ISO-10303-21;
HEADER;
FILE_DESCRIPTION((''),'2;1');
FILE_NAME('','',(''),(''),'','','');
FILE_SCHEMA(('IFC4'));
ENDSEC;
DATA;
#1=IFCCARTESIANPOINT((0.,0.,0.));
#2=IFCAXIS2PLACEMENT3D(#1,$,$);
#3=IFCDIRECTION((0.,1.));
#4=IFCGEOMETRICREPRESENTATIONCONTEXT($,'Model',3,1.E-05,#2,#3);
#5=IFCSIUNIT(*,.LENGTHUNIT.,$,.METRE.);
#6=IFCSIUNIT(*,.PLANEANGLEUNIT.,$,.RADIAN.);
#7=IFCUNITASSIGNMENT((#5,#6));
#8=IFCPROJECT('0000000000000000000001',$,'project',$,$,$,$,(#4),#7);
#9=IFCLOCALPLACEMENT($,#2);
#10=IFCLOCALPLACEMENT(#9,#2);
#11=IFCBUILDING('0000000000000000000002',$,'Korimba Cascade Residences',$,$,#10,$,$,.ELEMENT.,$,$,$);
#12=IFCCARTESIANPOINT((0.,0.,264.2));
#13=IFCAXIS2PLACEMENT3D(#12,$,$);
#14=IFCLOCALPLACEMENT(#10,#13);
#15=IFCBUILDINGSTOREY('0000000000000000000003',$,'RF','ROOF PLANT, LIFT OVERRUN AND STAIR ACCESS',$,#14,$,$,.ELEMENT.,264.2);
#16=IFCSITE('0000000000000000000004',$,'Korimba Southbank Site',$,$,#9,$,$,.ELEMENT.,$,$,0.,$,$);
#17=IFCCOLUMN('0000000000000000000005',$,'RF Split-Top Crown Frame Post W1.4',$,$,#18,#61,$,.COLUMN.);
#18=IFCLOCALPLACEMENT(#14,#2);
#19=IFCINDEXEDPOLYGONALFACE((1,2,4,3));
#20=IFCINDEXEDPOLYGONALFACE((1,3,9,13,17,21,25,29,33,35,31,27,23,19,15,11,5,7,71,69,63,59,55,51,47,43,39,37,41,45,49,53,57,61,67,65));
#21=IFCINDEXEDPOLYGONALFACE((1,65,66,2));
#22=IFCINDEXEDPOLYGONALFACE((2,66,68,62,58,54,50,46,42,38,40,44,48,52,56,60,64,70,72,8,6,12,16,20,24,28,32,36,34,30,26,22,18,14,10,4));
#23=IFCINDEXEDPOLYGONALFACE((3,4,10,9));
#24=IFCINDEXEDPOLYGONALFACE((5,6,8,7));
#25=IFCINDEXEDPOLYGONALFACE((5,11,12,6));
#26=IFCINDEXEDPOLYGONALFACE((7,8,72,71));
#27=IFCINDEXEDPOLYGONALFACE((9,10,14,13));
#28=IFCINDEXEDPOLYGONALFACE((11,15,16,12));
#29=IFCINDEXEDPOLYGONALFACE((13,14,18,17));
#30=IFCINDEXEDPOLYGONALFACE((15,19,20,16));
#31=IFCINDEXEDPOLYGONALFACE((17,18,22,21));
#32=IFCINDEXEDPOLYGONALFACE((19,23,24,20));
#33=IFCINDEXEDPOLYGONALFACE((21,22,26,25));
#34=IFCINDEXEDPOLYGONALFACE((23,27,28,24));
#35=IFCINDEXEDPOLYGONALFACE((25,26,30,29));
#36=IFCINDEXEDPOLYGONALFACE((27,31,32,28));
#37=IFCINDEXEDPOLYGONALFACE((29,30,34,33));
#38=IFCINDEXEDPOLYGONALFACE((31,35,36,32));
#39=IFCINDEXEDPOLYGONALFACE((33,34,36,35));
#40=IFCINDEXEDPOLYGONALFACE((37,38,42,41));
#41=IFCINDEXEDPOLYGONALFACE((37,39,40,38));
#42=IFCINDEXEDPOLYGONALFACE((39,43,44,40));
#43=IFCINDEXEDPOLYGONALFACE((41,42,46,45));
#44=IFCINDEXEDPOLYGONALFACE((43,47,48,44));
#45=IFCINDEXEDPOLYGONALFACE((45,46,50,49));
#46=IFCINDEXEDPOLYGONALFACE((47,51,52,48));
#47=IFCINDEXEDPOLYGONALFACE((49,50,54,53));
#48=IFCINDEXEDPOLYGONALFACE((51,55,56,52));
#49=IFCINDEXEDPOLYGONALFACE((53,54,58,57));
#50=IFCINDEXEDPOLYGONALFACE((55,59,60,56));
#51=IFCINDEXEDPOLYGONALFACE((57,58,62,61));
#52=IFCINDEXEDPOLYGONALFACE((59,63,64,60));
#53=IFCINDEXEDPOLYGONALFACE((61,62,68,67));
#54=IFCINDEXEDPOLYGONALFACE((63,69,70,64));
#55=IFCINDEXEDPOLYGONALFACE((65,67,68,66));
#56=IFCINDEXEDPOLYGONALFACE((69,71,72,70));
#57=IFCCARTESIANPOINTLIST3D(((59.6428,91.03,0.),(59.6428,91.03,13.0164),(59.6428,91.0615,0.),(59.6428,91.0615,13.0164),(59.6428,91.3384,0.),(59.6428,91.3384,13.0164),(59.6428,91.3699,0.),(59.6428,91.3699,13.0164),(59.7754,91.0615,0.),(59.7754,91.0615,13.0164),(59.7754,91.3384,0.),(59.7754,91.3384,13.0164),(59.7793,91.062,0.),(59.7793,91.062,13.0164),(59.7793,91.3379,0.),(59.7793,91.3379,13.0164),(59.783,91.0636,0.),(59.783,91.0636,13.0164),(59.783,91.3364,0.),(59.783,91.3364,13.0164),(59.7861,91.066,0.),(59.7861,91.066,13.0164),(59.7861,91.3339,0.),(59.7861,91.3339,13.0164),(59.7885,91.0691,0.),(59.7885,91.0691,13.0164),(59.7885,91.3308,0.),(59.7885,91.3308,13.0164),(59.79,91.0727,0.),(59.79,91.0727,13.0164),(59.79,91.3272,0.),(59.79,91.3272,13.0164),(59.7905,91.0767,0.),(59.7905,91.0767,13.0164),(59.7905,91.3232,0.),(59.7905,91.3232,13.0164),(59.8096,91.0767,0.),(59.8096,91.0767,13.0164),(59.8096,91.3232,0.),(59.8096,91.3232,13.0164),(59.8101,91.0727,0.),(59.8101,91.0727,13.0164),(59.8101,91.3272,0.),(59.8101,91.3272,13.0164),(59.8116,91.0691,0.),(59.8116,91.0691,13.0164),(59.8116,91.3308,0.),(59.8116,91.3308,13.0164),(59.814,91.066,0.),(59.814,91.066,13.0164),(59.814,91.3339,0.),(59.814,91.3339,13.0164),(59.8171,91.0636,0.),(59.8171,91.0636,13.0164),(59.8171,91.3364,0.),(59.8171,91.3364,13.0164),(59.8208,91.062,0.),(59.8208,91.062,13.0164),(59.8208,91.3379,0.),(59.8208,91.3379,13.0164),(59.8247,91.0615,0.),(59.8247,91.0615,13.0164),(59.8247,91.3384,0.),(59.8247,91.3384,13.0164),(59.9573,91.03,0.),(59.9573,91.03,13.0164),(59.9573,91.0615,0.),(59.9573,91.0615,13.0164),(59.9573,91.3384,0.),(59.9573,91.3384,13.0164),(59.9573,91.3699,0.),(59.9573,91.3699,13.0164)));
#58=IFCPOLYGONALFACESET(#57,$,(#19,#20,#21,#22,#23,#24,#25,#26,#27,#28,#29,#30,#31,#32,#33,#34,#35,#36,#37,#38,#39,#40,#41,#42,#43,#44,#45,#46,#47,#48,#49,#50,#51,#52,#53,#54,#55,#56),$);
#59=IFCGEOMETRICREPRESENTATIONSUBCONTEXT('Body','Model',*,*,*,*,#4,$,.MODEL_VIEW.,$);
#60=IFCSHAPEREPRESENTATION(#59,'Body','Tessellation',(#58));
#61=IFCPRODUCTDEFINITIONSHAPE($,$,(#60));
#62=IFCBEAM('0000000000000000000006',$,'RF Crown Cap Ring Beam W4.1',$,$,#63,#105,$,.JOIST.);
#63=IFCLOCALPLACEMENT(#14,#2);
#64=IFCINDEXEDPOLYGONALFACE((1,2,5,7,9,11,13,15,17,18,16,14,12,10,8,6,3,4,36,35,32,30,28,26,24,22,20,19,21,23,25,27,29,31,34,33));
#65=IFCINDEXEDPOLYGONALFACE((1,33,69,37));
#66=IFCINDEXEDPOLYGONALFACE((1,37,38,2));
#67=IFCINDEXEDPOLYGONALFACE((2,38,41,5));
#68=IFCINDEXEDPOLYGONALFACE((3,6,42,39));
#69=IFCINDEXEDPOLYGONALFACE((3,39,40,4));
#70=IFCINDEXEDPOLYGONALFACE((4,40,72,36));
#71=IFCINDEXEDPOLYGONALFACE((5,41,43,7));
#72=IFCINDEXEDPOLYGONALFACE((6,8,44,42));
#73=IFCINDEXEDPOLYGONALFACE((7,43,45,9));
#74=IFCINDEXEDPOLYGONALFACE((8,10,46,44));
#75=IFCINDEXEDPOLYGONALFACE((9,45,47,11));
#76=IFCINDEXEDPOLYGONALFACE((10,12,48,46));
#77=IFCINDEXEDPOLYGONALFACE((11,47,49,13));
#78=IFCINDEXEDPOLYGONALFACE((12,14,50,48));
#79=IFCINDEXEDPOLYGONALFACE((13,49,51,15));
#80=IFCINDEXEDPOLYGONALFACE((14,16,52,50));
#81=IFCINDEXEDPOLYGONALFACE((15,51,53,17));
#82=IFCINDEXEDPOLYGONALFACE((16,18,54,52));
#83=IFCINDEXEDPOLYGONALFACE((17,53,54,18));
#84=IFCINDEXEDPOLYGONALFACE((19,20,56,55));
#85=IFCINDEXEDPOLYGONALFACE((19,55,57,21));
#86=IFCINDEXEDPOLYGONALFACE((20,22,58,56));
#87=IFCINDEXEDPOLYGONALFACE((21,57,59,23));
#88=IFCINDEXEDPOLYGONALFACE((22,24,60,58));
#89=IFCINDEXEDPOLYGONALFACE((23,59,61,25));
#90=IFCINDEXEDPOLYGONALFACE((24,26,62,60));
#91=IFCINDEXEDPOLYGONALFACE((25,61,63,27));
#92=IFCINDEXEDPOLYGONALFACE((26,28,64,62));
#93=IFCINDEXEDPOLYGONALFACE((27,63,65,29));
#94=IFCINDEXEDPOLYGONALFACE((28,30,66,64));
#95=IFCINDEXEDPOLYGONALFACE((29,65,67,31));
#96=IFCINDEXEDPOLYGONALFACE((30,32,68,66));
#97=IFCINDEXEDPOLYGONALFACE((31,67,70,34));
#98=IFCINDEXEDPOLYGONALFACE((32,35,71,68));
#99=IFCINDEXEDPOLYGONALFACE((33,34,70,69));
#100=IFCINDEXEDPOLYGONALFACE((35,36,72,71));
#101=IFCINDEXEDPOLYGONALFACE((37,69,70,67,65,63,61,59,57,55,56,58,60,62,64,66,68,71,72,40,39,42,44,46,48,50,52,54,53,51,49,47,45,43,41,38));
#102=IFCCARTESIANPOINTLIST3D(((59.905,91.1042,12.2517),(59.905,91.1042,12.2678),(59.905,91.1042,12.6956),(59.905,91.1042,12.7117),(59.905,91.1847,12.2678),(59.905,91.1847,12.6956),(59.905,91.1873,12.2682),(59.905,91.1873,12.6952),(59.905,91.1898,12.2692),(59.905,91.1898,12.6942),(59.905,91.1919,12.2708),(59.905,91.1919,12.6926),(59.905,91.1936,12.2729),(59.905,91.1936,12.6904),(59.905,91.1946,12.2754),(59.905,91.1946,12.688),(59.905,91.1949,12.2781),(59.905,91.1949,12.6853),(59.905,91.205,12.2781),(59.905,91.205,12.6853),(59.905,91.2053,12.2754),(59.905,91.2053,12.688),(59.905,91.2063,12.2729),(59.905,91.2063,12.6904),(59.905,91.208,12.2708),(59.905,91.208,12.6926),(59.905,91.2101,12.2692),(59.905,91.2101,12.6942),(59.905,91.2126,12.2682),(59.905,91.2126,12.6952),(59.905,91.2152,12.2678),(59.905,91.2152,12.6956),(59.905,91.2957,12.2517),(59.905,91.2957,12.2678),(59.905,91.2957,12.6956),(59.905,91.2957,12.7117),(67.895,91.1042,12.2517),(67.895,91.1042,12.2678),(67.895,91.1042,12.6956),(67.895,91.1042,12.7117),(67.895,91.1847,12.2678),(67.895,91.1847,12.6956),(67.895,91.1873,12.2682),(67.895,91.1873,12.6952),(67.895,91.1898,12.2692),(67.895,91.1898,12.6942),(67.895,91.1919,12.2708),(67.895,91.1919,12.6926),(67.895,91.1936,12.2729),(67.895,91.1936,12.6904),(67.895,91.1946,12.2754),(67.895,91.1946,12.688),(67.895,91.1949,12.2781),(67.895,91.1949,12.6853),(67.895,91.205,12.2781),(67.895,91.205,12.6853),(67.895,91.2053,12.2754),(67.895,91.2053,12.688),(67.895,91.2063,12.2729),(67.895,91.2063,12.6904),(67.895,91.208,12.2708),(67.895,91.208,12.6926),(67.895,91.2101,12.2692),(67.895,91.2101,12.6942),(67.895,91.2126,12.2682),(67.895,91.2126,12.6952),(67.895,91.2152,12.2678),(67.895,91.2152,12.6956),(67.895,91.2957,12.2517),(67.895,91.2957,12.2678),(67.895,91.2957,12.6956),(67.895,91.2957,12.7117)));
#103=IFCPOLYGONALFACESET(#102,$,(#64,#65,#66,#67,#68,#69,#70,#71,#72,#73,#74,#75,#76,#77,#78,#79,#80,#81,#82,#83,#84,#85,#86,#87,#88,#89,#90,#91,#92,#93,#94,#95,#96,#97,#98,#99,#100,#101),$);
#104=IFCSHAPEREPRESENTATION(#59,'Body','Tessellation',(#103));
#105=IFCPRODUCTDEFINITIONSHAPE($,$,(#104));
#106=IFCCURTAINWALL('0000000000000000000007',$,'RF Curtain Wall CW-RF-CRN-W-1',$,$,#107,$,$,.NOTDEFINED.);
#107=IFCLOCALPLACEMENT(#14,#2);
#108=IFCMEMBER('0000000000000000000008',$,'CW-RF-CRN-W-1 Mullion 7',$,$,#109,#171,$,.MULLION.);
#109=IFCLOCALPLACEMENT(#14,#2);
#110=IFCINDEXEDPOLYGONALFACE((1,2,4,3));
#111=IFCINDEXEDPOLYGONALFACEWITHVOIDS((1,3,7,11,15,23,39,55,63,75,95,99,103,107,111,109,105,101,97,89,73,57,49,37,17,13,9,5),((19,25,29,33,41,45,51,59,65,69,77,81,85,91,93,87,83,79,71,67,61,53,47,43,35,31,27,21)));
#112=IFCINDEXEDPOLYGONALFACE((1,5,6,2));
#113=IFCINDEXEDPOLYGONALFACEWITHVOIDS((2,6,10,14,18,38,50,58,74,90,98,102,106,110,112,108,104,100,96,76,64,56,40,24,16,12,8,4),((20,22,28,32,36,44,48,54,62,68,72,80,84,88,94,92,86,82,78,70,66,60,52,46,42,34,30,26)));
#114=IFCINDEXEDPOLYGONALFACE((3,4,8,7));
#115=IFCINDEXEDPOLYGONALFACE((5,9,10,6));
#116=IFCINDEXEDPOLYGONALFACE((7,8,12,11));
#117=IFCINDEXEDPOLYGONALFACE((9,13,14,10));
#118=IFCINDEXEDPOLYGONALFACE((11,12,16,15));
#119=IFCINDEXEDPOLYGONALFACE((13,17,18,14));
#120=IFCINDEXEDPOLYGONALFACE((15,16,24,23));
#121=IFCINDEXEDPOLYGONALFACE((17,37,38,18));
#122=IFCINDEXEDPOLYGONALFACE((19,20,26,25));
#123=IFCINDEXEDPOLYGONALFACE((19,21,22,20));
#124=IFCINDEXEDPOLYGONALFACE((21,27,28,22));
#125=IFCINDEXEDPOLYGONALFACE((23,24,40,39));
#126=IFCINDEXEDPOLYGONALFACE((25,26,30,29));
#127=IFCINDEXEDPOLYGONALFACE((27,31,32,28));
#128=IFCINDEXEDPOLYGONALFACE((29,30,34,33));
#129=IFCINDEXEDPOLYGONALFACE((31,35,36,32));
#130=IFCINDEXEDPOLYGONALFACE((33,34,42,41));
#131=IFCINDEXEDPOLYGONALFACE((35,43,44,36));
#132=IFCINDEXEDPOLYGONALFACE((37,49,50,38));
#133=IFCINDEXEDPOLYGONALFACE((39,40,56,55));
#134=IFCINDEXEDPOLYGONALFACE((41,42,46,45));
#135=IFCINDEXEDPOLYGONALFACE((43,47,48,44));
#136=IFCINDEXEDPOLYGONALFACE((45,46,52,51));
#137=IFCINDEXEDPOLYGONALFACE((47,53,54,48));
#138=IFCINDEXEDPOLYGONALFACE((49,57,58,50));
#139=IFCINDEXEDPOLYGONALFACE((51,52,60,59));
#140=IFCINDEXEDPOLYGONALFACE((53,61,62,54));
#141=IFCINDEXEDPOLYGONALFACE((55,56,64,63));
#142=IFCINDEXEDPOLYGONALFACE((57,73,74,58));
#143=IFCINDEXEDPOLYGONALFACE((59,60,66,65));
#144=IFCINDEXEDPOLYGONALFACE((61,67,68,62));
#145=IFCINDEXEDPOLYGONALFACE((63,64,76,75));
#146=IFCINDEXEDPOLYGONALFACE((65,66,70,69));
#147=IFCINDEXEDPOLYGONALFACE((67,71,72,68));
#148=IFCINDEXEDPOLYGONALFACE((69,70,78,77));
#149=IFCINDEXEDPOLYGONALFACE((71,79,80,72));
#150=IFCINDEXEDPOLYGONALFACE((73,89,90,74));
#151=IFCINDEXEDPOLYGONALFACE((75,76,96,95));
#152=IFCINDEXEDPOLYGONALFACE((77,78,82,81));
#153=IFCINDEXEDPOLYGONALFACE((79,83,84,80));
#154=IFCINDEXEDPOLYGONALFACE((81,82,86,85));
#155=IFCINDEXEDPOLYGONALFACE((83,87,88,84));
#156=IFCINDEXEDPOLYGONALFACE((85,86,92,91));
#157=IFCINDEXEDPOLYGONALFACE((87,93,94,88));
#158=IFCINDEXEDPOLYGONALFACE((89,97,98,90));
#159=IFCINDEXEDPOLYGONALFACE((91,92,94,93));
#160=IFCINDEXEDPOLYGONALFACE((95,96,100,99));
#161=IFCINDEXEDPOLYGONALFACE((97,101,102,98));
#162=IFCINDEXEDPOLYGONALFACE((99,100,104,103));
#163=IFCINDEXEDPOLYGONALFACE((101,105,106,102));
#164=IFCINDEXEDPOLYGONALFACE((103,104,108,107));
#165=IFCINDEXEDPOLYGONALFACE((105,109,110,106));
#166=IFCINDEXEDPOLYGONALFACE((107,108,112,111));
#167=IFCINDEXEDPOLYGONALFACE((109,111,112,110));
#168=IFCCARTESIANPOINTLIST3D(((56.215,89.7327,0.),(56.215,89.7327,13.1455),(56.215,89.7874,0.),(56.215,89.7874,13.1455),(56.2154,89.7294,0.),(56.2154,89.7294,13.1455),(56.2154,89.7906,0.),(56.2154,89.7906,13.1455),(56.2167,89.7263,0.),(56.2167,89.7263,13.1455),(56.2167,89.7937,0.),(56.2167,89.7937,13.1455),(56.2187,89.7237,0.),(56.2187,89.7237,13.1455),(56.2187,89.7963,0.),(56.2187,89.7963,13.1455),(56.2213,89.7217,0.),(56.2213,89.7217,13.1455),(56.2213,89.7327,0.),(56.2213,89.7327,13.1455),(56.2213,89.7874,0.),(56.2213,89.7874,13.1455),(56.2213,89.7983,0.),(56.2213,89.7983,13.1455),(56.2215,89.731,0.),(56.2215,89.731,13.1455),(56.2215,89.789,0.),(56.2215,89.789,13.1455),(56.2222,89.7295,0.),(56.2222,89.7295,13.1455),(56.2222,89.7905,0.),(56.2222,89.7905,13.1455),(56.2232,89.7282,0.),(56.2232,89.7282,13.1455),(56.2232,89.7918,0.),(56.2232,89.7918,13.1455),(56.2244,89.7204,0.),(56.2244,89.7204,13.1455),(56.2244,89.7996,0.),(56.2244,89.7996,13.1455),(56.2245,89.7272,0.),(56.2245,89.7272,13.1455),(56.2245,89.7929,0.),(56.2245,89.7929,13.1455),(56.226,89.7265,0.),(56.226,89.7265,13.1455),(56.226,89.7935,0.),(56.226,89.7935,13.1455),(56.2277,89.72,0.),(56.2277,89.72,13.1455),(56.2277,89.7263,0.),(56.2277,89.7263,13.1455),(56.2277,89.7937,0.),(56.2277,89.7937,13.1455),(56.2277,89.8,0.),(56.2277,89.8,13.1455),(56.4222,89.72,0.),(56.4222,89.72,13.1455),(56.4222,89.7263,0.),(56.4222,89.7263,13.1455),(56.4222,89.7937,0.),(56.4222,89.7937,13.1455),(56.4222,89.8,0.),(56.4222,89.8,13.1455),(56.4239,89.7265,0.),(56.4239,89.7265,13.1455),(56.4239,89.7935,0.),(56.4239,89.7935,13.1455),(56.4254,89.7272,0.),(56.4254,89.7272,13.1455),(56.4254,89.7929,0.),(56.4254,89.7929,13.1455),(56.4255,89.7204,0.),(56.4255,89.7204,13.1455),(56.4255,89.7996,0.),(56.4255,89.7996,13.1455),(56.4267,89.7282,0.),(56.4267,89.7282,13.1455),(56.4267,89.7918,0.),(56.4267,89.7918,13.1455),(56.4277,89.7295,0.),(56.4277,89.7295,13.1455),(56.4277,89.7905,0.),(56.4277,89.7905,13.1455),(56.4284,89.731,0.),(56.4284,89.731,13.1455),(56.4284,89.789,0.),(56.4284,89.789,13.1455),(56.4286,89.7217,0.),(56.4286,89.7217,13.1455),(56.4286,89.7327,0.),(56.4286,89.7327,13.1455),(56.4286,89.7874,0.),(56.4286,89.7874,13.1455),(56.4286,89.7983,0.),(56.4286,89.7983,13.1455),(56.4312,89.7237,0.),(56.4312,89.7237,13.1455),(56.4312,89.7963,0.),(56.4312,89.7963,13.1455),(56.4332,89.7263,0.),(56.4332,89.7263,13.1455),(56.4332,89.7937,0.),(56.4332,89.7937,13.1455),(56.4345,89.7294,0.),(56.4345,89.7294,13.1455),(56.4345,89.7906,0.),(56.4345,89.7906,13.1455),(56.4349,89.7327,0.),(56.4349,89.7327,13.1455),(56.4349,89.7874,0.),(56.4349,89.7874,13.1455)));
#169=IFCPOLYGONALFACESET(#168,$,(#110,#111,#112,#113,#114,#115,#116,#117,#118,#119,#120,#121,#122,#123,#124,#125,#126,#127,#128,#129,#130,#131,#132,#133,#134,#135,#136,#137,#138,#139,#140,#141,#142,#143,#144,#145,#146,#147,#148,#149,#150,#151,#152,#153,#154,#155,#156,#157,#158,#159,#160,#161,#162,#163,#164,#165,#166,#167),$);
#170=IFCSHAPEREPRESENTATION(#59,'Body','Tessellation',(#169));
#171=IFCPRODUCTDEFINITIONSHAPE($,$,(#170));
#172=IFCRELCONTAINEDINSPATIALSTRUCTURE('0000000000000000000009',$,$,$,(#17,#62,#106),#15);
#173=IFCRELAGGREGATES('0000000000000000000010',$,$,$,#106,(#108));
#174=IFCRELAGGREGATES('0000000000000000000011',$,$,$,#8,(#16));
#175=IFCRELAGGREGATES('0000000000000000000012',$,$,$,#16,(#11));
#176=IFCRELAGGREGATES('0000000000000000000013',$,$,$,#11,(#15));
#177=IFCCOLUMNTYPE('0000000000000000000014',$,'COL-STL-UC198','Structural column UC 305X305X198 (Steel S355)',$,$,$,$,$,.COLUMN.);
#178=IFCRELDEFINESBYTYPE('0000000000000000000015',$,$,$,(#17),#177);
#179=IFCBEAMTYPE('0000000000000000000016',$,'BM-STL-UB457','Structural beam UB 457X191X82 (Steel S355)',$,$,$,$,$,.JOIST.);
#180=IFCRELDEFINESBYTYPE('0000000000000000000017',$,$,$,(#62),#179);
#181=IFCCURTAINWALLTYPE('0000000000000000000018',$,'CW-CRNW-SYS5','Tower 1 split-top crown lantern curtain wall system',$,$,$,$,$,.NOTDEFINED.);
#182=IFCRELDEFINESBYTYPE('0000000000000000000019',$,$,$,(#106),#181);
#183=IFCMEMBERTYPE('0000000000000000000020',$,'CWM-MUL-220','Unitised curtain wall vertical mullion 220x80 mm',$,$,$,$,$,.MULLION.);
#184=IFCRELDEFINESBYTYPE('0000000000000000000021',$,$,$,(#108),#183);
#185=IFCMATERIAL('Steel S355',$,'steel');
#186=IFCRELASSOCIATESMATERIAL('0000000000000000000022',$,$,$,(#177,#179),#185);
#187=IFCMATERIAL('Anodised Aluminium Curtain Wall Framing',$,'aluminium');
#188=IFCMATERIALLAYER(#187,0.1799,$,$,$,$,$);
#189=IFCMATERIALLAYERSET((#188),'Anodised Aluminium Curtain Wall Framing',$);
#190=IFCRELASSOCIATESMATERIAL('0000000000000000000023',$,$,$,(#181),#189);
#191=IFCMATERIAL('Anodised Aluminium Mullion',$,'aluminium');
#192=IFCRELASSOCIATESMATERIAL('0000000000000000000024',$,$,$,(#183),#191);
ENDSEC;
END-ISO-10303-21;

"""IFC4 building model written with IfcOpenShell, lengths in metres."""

from ifc_helpers import new_model, si_unit, direction, frame, origin, origin_2d, place, context, subcontext, project, spatial, hollow_rectangle, i_section, extrude, material, layer, layer_set, material_profile, profile_set, type_object, element, aggregate, save


model = new_model("IFC4")

# Units and contexts
model_context = context("Model", 3, precision=1e-05, world=origin(), true_north=direction((0.0, 1.0)))
body_context = subcontext(model_context, "Body", "Model", "MODEL_VIEW")
ifc_project = project(units=[si_unit("LENGTHUNIT", "METRE"), si_unit("PLANEANGLEUNIT", "RADIAN")], contexts=[model_context])

# Site, building, storey
site_placement = place(None, origin())
site = spatial("IfcSite", under=ifc_project, at=site_placement, Name="Korimba Southbank Site", CompositionType="ELEMENT", RefElevation=0.0)
building_placement = place(site_placement, origin())
building = spatial("IfcBuilding", under=site, at=building_placement, Name="Korimba Cascade Residences", CompositionType="ELEMENT")
storey_placement = place(building_placement, frame((0.0, 0.0, 264.2)))
storey = spatial("IfcBuildingStorey", under=building, at=storey_placement, Name="RF", Description="ROOF PLANT, LIFT OVERRUN AND STAIR ACCESS", CompositionType="ELEMENT", Elevation=264.2)

# Column
ifc_material_1 = material(Name="Steel S355", Category="steel")
ifc_material_profile_1 = material_profile(ifc_material_1, i_section(OverallWidth=0.3145, OverallDepth=0.3398, WebThickness=0.019, FlangeThickness=0.0315, FilletRadius=0.0151, at=origin_2d()), Name="Steel S355")
ifc_profile_set_1 = profile_set([ifc_material_profile_1], Name="Steel S355")
column_type = type_object("IfcColumnType", Name="COL-STL-UC198", Description="Structural column UC 305X305X198 (Steel S355)", PredefinedType="COLUMN", material=ifc_profile_set_1)
column_placement = place(storey_placement, frame((59.8, 91.2, 0.0), z_axis=(0.0, 0.0, 1.0), x_axis=(1.0, 0.0, 0.0)))
element("IfcColumn", 1, at=column_placement, inside=storey, type_object=column_type, Name="RF Split-Top Crown Frame Post W1.4", PredefinedType="COLUMN", context=body_context, shape_type="SweptSolid", body=[
    extrude(i_section(OverallWidth=0.3145, OverallDepth=0.3398, WebThickness=0.019, FlangeThickness=0.0315, FilletRadius=0.0151, at=origin_2d()), origin(), (0.0, 0.0, 1.0), 13.0164),
])

# Beam
ifc_material_profile_2 = material_profile(ifc_material_1, i_section(OverallWidth=0.1914, OverallDepth=0.46, WebThickness=0.01, FlangeThickness=0.0161, FilletRadius=0.0103, at=origin_2d()), Name="Steel S355")
ifc_profile_set_2 = profile_set([ifc_material_profile_2], Name="Steel S355")
beam_type = type_object("IfcBeamType", Name="BM-STL-UB457", Description="Structural beam UB 457X191X82 (Steel S355)", PredefinedType="JOIST", material=ifc_profile_set_2)
beam_placement = place(storey_placement, frame((59.905, 91.2, 12.4817), z_axis=(1.0, 0.0, 0.0), x_axis=(0.0, 1.0, 0.0)))
element("IfcBeam", 2, at=beam_placement, inside=storey, type_object=beam_type, Name="RF Crown Cap Ring Beam W4.1", PredefinedType="JOIST", context=body_context, shape_type="SweptSolid", body=[
    extrude(i_section(OverallWidth=0.1914, OverallDepth=0.46, WebThickness=0.01, FlangeThickness=0.0161, FilletRadius=0.0103, at=origin_2d()), origin(), (0.0, 0.0, 1.0), 7.99),
])

# Curtain wall, member
ifc_material_2 = material(Name="Anodised Aluminium Curtain Wall Framing", Category="aluminium")
ifc_layer_1 = layer(ifc_material_2, 0.1799)
ifc_layer_set_1 = layer_set([ifc_layer_1], Name="Anodised Aluminium Curtain Wall Framing")
curtain_wall_type = type_object("IfcCurtainWallType", Name="CW-CRNW-SYS5", Description="Tower 1 split-top crown lantern curtain wall system", PredefinedType="NOTDEFINED", material=ifc_layer_set_1)
curtain_wall_1_placement = place(storey_placement, origin())
curtain_wall_1 = element("IfcCurtainWall", 3, at=curtain_wall_1_placement, inside=storey, type_object=curtain_wall_type, Name="RF Curtain Wall CW-RF-CRN-W-1", PredefinedType="NOTDEFINED")
ifc_material_3 = material(Name="Anodised Aluminium Mullion", Category="aluminium")
ifc_material_profile_3 = material_profile(ifc_material_3, hollow_rectangle(XDim=0.0801, YDim=0.22, WallThickness=0.0063, InnerFilletRadius=0.0063, OuterFilletRadius=0.0127, at=origin_2d()), Name="Anodised Aluminium Mullion")
ifc_profile_set_3 = profile_set([ifc_material_profile_3], Name="Anodised Aluminium Mullion")
member_type_1 = type_object("IfcMemberType", Name="CWM-MUL-220", Description="Unitised curtain wall vertical mullion 220x80 mm", PredefinedType="MULLION", material=ifc_profile_set_3)
member_1_placement = place(storey_placement, frame((56.325, 89.76, 0.0), z_axis=(0.0, 0.0, 1.0), x_axis=(0.0, 1.0, 0.0)))
member_1 = element("IfcMember", 4, at=member_1_placement, type_object=member_type_1, Name="CW-RF-CRN-W-1 Mullion 7", PredefinedType="MULLION", context=body_context, shape_type="SweptSolid", body=[
    extrude(hollow_rectangle(XDim=0.0801, YDim=0.22, WallThickness=0.0063, InnerFilletRadius=0.0063, OuterFilletRadius=0.0127, at=origin_2d()), origin(), (0.0, 0.0, 1.0), 13.1455),
])

aggregate(curtain_wall_1, [member_1])

save(model, "model.ifc")
